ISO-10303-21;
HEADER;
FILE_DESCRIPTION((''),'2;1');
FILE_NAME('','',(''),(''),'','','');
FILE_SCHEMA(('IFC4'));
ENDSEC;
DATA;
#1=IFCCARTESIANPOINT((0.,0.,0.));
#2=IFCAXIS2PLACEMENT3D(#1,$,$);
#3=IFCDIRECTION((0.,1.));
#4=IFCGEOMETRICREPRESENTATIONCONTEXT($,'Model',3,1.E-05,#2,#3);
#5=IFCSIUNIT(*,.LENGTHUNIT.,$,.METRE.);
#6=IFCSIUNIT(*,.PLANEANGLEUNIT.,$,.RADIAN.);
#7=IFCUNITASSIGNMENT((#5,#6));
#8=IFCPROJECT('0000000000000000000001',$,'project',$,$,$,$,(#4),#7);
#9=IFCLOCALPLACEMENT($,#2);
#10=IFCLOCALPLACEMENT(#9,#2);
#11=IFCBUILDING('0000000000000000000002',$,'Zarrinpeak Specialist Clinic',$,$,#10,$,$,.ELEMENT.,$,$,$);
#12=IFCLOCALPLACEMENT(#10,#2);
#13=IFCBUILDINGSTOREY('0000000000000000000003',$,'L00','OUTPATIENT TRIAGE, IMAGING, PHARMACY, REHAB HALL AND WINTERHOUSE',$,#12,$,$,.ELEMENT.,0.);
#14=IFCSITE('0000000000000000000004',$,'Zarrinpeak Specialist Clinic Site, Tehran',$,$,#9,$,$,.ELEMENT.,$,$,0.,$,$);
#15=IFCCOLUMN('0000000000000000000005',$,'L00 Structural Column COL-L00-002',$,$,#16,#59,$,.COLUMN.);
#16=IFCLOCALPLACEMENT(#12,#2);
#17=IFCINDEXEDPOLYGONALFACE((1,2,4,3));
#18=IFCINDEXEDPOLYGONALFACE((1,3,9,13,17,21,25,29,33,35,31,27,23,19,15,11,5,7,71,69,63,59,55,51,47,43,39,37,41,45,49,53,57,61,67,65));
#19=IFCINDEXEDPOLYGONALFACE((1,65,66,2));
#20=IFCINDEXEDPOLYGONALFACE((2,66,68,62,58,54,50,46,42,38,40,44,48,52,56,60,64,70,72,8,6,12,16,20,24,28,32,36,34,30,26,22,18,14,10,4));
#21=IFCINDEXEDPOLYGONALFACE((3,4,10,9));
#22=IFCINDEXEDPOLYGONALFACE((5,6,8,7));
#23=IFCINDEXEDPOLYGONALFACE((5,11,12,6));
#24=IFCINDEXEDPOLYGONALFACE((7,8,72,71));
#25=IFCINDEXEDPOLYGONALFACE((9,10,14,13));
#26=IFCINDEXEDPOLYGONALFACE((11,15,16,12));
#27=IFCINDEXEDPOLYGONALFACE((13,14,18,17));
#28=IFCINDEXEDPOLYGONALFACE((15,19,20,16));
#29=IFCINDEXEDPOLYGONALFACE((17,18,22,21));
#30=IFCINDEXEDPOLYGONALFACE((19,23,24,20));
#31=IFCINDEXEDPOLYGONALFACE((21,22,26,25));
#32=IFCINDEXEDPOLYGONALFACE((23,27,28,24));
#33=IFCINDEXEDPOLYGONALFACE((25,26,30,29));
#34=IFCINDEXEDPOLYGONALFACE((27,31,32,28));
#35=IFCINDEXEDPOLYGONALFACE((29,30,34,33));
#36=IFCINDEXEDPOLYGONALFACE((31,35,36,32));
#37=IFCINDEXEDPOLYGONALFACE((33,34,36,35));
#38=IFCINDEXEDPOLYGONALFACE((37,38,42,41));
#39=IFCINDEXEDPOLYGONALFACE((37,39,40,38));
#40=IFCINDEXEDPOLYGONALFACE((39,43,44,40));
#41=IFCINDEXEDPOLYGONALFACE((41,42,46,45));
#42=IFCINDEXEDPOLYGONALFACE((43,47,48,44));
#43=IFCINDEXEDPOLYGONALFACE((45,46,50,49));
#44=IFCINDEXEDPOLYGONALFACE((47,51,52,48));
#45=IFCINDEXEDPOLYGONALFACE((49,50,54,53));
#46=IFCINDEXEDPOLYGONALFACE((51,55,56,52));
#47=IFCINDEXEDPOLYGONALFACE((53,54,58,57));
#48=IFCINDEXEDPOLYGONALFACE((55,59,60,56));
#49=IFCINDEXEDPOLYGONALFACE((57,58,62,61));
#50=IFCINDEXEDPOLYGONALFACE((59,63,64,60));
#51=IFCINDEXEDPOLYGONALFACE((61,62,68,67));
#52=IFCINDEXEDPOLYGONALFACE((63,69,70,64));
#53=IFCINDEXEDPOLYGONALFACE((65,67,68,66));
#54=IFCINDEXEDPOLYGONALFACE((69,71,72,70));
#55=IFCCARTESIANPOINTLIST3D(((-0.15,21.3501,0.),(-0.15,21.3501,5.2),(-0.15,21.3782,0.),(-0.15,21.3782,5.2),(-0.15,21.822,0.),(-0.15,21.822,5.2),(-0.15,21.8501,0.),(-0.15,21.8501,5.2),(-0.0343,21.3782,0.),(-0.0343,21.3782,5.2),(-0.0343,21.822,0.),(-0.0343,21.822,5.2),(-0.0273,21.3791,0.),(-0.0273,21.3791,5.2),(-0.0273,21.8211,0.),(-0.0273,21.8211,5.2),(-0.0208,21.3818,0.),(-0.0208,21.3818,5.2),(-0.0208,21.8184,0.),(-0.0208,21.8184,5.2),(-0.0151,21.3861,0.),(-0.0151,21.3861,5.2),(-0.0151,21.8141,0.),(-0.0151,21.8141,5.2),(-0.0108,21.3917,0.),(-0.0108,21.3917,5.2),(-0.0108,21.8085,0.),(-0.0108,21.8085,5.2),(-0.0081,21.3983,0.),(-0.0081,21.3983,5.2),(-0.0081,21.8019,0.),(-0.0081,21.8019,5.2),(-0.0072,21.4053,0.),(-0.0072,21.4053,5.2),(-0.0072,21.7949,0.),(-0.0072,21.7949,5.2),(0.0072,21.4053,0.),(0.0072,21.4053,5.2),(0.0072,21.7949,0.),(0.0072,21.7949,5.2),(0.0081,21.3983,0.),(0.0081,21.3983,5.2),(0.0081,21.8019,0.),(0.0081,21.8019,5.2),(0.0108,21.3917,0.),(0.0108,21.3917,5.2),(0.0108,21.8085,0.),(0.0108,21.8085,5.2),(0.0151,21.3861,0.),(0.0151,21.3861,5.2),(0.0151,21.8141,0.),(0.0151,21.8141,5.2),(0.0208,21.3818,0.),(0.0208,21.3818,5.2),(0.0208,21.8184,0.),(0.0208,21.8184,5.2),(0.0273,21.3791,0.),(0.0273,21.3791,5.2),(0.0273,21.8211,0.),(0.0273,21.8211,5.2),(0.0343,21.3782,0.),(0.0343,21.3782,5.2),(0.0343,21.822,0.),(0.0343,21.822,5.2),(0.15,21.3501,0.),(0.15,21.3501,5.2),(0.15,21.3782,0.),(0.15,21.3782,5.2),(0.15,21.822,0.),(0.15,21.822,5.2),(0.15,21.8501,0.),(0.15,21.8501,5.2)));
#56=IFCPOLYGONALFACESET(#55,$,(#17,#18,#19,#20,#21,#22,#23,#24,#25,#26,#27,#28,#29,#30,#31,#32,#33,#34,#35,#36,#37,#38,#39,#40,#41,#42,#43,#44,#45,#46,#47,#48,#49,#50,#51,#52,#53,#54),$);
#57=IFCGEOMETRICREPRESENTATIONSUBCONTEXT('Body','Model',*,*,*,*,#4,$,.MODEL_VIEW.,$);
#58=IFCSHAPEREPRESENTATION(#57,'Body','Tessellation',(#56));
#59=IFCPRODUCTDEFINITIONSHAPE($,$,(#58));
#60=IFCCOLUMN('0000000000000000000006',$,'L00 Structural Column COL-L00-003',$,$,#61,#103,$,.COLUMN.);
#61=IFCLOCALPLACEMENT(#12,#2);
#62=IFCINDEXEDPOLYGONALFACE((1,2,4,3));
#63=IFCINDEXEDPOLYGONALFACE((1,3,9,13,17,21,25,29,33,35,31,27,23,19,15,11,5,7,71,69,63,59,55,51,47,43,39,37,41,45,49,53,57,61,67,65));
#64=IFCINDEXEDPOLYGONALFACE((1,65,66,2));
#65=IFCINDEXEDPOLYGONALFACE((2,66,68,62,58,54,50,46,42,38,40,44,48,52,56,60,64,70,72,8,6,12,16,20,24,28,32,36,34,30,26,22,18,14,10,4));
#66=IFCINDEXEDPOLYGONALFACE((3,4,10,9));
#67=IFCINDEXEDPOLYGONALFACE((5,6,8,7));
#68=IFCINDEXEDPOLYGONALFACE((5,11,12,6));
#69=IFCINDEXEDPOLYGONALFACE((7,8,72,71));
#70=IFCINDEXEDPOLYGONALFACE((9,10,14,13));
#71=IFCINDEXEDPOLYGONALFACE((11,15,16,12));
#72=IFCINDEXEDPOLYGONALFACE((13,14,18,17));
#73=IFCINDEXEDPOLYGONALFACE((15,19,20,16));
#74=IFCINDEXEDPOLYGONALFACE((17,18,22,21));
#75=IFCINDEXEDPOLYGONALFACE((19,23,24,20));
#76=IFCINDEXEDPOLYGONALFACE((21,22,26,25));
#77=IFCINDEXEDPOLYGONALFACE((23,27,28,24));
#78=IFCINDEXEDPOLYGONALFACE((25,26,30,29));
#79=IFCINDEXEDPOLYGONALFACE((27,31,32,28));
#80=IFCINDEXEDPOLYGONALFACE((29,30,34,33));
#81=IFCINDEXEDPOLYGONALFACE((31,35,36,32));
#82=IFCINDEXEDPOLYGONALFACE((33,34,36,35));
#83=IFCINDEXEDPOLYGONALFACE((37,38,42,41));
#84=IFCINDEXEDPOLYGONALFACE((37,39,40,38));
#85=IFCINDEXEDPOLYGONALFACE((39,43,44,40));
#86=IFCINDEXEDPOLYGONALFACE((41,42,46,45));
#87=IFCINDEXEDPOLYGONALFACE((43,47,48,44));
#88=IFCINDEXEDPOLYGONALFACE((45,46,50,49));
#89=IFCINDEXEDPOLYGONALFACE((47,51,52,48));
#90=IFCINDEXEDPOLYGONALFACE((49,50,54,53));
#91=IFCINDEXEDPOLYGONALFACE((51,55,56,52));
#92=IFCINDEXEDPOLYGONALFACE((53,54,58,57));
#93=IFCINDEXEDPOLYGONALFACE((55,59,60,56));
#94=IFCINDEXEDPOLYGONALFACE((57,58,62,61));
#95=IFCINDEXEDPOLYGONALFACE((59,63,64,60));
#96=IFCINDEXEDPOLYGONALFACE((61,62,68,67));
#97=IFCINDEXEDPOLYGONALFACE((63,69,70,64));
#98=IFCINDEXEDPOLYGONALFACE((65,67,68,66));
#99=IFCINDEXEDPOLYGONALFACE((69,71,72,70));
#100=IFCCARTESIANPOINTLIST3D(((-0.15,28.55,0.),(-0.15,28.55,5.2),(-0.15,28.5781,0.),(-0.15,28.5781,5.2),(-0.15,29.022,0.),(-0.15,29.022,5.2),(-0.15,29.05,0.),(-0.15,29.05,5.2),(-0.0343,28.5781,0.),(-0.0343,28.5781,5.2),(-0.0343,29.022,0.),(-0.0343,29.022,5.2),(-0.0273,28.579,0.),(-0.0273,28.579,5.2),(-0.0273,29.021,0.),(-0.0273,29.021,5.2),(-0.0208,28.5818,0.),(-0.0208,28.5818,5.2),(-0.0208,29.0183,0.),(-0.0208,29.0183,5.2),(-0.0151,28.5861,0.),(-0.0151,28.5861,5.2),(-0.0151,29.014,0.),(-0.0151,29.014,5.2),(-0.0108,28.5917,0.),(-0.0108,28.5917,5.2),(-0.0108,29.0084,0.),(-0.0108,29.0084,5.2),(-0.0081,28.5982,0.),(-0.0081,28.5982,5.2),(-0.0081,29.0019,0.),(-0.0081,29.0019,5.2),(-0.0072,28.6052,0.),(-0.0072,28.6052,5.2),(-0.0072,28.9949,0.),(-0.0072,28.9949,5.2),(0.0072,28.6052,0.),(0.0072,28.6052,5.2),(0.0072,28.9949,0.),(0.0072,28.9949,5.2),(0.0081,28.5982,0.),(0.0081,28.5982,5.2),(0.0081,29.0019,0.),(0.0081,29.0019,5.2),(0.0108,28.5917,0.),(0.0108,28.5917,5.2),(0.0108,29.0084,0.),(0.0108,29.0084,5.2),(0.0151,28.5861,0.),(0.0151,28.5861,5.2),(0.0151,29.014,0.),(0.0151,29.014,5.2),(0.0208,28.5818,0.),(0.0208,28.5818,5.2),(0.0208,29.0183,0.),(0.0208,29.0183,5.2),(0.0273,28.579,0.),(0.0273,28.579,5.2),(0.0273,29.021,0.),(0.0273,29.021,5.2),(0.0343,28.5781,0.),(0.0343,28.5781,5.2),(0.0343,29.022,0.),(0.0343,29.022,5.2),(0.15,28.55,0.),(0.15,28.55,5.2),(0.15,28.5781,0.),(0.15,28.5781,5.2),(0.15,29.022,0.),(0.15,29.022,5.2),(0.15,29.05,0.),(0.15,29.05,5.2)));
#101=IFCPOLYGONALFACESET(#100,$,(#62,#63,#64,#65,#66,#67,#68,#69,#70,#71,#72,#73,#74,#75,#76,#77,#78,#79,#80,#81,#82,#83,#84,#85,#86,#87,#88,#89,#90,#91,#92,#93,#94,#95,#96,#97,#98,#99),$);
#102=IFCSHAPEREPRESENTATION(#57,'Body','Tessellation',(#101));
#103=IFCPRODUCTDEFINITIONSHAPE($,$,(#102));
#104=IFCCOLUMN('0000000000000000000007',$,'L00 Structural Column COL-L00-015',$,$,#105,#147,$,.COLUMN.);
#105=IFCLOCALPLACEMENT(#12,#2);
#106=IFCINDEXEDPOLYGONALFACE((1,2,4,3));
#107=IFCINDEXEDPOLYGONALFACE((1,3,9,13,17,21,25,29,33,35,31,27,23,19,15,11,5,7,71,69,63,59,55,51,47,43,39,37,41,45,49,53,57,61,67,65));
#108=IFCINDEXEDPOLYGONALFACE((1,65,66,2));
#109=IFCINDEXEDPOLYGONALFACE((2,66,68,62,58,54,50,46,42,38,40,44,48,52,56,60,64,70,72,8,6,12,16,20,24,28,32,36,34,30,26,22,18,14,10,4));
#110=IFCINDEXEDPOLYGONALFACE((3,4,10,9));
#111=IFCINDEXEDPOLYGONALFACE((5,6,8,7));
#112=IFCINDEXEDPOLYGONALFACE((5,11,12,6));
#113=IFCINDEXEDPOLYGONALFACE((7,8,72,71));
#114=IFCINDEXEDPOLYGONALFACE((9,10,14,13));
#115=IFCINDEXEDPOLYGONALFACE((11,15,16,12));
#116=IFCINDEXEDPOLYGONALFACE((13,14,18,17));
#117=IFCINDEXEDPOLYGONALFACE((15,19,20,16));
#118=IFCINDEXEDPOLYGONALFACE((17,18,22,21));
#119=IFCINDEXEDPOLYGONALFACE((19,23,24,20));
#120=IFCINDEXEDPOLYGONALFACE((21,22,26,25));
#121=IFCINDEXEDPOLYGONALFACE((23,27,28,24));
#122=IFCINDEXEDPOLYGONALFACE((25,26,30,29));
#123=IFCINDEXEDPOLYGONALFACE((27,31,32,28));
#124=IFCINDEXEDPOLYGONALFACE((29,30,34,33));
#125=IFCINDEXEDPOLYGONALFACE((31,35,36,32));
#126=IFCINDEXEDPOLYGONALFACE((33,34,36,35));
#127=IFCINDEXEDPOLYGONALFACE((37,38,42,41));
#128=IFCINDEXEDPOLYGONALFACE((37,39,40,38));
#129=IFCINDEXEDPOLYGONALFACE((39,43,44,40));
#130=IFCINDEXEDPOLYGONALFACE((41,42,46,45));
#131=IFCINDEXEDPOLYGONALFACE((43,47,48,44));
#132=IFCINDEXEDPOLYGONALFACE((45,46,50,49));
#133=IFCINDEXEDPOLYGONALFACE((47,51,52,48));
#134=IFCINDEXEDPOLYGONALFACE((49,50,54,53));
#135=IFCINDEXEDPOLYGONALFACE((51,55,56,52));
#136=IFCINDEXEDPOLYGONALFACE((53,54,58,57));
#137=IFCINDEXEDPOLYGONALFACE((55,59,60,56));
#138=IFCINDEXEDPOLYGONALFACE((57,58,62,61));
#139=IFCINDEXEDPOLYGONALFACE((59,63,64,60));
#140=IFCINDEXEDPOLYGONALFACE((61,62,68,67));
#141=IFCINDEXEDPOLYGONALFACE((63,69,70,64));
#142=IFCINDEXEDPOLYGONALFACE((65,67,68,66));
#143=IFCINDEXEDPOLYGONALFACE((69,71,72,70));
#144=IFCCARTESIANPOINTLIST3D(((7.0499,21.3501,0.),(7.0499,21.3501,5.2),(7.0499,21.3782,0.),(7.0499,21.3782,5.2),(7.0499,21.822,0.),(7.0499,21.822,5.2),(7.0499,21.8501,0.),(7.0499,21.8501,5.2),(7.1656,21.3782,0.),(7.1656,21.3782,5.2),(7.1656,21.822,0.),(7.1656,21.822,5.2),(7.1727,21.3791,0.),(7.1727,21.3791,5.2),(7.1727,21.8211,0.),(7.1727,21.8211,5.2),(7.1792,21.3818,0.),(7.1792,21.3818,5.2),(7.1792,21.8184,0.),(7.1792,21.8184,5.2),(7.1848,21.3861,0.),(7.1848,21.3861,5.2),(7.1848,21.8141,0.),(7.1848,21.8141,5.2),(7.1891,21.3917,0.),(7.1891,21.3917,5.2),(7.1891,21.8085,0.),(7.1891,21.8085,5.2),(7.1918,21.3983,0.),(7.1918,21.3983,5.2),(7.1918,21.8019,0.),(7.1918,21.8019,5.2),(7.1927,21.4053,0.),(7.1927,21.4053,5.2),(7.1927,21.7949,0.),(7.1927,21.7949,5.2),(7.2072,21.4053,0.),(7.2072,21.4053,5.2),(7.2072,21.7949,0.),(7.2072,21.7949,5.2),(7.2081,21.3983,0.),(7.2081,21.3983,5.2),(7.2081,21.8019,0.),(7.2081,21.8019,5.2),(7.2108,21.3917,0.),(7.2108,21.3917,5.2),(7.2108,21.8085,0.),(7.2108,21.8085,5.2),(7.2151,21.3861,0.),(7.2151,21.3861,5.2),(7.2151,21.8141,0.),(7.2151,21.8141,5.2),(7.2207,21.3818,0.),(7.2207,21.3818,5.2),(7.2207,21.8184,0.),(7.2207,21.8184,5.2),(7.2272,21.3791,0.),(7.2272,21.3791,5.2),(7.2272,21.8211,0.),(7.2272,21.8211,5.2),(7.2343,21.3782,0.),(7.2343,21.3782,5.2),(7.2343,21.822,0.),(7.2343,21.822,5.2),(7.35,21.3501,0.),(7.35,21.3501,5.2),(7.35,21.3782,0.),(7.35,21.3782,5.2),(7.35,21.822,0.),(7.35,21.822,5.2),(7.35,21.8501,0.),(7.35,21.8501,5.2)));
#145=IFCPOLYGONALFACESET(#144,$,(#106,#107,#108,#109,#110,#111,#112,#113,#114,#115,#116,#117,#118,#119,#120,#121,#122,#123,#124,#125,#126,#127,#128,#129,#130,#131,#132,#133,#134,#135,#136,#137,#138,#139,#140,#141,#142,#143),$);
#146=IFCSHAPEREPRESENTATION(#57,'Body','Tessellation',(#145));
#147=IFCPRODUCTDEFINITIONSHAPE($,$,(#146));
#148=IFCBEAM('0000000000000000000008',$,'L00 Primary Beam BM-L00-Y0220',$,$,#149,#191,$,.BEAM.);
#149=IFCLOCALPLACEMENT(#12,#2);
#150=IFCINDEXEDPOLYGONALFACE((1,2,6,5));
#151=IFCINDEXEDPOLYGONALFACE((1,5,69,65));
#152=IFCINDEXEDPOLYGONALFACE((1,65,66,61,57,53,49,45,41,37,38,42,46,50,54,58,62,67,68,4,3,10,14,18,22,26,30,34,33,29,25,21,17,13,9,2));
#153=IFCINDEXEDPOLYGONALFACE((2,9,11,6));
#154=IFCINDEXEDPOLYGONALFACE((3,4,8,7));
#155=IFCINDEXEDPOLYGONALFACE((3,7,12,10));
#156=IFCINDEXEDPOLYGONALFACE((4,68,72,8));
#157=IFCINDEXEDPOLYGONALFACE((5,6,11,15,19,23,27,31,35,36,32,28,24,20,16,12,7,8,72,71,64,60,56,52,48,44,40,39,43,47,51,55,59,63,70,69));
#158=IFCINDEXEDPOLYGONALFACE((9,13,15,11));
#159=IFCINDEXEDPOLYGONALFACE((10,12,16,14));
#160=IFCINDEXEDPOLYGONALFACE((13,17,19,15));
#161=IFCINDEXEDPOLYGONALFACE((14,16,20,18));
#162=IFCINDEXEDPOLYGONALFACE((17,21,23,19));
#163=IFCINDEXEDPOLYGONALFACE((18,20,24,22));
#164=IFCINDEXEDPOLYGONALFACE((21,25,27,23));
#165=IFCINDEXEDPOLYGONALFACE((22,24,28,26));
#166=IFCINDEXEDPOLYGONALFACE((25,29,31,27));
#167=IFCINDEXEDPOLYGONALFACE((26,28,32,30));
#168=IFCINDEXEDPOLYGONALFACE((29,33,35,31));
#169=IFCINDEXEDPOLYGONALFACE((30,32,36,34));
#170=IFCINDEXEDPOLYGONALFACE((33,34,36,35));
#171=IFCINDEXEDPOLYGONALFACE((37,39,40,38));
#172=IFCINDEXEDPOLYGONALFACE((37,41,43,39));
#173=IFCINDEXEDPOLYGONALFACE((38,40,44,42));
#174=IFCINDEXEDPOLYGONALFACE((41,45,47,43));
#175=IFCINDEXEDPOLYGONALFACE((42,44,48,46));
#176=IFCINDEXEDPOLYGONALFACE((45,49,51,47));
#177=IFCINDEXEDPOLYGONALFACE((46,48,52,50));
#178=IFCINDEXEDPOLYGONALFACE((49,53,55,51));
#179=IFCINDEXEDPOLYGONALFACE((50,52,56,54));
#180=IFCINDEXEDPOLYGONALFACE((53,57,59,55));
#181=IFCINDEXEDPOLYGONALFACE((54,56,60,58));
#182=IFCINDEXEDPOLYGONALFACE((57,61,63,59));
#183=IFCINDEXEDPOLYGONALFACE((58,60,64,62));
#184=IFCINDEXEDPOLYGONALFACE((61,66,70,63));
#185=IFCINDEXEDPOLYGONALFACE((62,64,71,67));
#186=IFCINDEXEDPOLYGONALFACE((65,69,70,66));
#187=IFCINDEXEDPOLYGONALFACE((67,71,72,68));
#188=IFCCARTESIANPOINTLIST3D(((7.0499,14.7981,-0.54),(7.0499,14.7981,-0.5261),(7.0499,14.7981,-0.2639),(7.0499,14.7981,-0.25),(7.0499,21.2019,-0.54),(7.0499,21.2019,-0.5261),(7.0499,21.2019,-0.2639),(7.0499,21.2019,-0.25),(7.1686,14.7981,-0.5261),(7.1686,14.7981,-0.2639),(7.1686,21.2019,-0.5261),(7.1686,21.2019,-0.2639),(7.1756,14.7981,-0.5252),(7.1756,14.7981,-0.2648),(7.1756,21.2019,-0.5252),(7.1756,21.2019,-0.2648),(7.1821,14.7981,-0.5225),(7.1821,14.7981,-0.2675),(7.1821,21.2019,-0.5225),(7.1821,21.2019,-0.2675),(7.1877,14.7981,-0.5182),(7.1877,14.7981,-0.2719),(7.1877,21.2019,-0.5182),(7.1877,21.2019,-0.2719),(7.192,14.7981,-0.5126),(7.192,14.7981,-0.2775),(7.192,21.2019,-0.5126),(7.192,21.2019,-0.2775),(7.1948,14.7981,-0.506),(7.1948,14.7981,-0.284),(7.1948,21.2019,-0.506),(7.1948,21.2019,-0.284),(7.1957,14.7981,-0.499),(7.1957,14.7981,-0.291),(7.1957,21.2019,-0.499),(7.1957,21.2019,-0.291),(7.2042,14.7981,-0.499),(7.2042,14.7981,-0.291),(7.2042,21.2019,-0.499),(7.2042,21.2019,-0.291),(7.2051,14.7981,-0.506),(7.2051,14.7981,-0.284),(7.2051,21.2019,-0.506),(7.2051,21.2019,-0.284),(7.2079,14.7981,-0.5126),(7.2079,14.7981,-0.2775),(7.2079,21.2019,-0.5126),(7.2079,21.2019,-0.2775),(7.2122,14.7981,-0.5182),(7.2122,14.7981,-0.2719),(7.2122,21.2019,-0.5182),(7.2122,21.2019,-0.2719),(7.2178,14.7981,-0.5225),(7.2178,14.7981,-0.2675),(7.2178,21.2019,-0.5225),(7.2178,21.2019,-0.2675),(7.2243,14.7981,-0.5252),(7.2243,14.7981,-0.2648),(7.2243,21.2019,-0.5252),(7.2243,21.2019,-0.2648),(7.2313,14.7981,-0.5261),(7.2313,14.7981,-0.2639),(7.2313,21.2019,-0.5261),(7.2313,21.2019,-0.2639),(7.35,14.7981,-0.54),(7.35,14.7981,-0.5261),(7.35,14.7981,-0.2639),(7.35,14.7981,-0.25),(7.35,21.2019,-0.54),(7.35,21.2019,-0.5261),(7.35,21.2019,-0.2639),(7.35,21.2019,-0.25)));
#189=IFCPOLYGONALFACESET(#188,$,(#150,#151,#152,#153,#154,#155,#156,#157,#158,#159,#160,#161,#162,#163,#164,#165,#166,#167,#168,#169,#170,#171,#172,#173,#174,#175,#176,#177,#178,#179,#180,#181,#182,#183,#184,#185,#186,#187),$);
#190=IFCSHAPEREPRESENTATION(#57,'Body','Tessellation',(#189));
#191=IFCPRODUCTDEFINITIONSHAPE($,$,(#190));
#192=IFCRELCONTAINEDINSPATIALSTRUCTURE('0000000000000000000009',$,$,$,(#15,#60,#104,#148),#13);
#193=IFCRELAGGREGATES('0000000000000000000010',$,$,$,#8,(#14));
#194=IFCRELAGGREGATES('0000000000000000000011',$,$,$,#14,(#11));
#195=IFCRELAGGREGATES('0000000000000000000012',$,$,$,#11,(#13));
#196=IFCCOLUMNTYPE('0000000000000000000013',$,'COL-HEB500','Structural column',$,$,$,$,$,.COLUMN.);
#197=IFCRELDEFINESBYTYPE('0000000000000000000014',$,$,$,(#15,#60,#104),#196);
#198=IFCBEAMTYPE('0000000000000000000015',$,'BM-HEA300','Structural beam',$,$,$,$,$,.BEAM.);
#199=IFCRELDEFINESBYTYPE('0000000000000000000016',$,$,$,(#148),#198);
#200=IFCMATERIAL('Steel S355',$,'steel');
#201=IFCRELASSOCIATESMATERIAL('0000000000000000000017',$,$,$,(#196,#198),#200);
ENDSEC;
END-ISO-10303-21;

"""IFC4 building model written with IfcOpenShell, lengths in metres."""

from ifc_helpers import new_model, si_unit, direction, frame, origin, origin_2d, place, context, subcontext, project, spatial, i_section, extrude, material, material_profile, profile_set, type_object, element, save


model = new_model("IFC4")

# Units and contexts
model_context = context("Model", 3, precision=1e-05, world=origin(), true_north=direction((0.0, 1.0)))
body_context = subcontext(model_context, "Body", "Model", "MODEL_VIEW")
ifc_project = project(units=[si_unit("LENGTHUNIT", "METRE"), si_unit("PLANEANGLEUNIT", "RADIAN")], contexts=[model_context])

# Site, building, storey
site_placement = place(None, origin())
site = spatial("IfcSite", under=ifc_project, at=site_placement, Name="Zarrinpeak Specialist Clinic Site, Tehran", CompositionType="ELEMENT", RefElevation=0.0)
building_placement = place(site_placement, origin())
building = spatial("IfcBuilding", under=site, at=building_placement, Name="Zarrinpeak Specialist Clinic", CompositionType="ELEMENT")
storey_placement = place(building_placement, origin())
storey = spatial("IfcBuildingStorey", under=building, at=storey_placement, Name="L00", Description="OUTPATIENT TRIAGE, IMAGING, PHARMACY, REHAB HALL AND WINTERHOUSE", CompositionType="ELEMENT", Elevation=0.0)

# Columns
ifc_material_1 = material(Name="Steel S355", Category="steel")
ifc_material_profile_1 = material_profile(ifc_material_1, i_section(OverallWidth=0.3, OverallDepth=0.5, WebThickness=0.0144, FlangeThickness=0.0281, FilletRadius=0.0271, at=origin_2d()), Name="HEB 500")
ifc_profile_set_1 = profile_set([ifc_material_profile_1], Name="Steel S355")
column_type = type_object("IfcColumnType", Name="COL-HEB500", Description="Structural column", PredefinedType="COLUMN", material=ifc_profile_set_1)
for number, where, z_axis, x_axis, name in (
    (1, (0.0, 21.6001, 0.0), (0.0, 0.0, 1.0), (1.0, 0.0, 0.0), "L00 Structural Column COL-L00-002"),
    (2, (0.0, 28.8, 0.0), (0.0, 0.0, 1.0), (1.0, 0.0, 0.0), "L00 Structural Column COL-L00-003"),
    (3, (7.2, 21.6001, 0.0), (0.0, 0.0, 1.0), (1.0, 0.0, 0.0), "L00 Structural Column COL-L00-015"),
):
    element("IfcColumn", number, at=place(storey_placement, frame(where, z_axis=z_axis, x_axis=x_axis)), inside=storey, type_object=column_type, Name=name, PredefinedType="COLUMN", context=body_context, shape_type="SweptSolid", body=[
        extrude(i_section(OverallWidth=0.3, OverallDepth=0.5, WebThickness=0.0144, FlangeThickness=0.0281, FilletRadius=0.0271, at=origin_2d()), origin(), (0.0, 0.0, 1.0), 5.2),
    ])

# Beam
ifc_material_profile_2 = material_profile(ifc_material_1, i_section(OverallWidth=0.3, OverallDepth=0.29, WebThickness=0.0085, FlangeThickness=0.0139, FilletRadius=0.0271, at=origin_2d()), Name="HEA 300")
ifc_profile_set_2 = profile_set([ifc_material_profile_2], Name="Steel S355")
beam_type_1 = type_object("IfcBeamType", Name="BM-HEA300", Description="Structural beam", PredefinedType="BEAM", material=ifc_profile_set_2)
beam_1_placement = place(storey_placement, frame((7.2, 14.7981, -0.395), z_axis=(0.0, 1.0, 0.0), x_axis=(-1.0, 0.0, 0.0)))
element("IfcBeam", 4, at=beam_1_placement, inside=storey, type_object=beam_type_1, Name="L00 Primary Beam BM-L00-Y0220", PredefinedType="BEAM", context=body_context, shape_type="SweptSolid", body=[
    extrude(i_section(OverallWidth=0.3, OverallDepth=0.29, WebThickness=0.0085, FlangeThickness=0.0139, FilletRadius=0.0271, at=origin_2d()), origin(), (0.0, 0.0, 1.0), 6.4038),
])

save(model, "model.ifc")
